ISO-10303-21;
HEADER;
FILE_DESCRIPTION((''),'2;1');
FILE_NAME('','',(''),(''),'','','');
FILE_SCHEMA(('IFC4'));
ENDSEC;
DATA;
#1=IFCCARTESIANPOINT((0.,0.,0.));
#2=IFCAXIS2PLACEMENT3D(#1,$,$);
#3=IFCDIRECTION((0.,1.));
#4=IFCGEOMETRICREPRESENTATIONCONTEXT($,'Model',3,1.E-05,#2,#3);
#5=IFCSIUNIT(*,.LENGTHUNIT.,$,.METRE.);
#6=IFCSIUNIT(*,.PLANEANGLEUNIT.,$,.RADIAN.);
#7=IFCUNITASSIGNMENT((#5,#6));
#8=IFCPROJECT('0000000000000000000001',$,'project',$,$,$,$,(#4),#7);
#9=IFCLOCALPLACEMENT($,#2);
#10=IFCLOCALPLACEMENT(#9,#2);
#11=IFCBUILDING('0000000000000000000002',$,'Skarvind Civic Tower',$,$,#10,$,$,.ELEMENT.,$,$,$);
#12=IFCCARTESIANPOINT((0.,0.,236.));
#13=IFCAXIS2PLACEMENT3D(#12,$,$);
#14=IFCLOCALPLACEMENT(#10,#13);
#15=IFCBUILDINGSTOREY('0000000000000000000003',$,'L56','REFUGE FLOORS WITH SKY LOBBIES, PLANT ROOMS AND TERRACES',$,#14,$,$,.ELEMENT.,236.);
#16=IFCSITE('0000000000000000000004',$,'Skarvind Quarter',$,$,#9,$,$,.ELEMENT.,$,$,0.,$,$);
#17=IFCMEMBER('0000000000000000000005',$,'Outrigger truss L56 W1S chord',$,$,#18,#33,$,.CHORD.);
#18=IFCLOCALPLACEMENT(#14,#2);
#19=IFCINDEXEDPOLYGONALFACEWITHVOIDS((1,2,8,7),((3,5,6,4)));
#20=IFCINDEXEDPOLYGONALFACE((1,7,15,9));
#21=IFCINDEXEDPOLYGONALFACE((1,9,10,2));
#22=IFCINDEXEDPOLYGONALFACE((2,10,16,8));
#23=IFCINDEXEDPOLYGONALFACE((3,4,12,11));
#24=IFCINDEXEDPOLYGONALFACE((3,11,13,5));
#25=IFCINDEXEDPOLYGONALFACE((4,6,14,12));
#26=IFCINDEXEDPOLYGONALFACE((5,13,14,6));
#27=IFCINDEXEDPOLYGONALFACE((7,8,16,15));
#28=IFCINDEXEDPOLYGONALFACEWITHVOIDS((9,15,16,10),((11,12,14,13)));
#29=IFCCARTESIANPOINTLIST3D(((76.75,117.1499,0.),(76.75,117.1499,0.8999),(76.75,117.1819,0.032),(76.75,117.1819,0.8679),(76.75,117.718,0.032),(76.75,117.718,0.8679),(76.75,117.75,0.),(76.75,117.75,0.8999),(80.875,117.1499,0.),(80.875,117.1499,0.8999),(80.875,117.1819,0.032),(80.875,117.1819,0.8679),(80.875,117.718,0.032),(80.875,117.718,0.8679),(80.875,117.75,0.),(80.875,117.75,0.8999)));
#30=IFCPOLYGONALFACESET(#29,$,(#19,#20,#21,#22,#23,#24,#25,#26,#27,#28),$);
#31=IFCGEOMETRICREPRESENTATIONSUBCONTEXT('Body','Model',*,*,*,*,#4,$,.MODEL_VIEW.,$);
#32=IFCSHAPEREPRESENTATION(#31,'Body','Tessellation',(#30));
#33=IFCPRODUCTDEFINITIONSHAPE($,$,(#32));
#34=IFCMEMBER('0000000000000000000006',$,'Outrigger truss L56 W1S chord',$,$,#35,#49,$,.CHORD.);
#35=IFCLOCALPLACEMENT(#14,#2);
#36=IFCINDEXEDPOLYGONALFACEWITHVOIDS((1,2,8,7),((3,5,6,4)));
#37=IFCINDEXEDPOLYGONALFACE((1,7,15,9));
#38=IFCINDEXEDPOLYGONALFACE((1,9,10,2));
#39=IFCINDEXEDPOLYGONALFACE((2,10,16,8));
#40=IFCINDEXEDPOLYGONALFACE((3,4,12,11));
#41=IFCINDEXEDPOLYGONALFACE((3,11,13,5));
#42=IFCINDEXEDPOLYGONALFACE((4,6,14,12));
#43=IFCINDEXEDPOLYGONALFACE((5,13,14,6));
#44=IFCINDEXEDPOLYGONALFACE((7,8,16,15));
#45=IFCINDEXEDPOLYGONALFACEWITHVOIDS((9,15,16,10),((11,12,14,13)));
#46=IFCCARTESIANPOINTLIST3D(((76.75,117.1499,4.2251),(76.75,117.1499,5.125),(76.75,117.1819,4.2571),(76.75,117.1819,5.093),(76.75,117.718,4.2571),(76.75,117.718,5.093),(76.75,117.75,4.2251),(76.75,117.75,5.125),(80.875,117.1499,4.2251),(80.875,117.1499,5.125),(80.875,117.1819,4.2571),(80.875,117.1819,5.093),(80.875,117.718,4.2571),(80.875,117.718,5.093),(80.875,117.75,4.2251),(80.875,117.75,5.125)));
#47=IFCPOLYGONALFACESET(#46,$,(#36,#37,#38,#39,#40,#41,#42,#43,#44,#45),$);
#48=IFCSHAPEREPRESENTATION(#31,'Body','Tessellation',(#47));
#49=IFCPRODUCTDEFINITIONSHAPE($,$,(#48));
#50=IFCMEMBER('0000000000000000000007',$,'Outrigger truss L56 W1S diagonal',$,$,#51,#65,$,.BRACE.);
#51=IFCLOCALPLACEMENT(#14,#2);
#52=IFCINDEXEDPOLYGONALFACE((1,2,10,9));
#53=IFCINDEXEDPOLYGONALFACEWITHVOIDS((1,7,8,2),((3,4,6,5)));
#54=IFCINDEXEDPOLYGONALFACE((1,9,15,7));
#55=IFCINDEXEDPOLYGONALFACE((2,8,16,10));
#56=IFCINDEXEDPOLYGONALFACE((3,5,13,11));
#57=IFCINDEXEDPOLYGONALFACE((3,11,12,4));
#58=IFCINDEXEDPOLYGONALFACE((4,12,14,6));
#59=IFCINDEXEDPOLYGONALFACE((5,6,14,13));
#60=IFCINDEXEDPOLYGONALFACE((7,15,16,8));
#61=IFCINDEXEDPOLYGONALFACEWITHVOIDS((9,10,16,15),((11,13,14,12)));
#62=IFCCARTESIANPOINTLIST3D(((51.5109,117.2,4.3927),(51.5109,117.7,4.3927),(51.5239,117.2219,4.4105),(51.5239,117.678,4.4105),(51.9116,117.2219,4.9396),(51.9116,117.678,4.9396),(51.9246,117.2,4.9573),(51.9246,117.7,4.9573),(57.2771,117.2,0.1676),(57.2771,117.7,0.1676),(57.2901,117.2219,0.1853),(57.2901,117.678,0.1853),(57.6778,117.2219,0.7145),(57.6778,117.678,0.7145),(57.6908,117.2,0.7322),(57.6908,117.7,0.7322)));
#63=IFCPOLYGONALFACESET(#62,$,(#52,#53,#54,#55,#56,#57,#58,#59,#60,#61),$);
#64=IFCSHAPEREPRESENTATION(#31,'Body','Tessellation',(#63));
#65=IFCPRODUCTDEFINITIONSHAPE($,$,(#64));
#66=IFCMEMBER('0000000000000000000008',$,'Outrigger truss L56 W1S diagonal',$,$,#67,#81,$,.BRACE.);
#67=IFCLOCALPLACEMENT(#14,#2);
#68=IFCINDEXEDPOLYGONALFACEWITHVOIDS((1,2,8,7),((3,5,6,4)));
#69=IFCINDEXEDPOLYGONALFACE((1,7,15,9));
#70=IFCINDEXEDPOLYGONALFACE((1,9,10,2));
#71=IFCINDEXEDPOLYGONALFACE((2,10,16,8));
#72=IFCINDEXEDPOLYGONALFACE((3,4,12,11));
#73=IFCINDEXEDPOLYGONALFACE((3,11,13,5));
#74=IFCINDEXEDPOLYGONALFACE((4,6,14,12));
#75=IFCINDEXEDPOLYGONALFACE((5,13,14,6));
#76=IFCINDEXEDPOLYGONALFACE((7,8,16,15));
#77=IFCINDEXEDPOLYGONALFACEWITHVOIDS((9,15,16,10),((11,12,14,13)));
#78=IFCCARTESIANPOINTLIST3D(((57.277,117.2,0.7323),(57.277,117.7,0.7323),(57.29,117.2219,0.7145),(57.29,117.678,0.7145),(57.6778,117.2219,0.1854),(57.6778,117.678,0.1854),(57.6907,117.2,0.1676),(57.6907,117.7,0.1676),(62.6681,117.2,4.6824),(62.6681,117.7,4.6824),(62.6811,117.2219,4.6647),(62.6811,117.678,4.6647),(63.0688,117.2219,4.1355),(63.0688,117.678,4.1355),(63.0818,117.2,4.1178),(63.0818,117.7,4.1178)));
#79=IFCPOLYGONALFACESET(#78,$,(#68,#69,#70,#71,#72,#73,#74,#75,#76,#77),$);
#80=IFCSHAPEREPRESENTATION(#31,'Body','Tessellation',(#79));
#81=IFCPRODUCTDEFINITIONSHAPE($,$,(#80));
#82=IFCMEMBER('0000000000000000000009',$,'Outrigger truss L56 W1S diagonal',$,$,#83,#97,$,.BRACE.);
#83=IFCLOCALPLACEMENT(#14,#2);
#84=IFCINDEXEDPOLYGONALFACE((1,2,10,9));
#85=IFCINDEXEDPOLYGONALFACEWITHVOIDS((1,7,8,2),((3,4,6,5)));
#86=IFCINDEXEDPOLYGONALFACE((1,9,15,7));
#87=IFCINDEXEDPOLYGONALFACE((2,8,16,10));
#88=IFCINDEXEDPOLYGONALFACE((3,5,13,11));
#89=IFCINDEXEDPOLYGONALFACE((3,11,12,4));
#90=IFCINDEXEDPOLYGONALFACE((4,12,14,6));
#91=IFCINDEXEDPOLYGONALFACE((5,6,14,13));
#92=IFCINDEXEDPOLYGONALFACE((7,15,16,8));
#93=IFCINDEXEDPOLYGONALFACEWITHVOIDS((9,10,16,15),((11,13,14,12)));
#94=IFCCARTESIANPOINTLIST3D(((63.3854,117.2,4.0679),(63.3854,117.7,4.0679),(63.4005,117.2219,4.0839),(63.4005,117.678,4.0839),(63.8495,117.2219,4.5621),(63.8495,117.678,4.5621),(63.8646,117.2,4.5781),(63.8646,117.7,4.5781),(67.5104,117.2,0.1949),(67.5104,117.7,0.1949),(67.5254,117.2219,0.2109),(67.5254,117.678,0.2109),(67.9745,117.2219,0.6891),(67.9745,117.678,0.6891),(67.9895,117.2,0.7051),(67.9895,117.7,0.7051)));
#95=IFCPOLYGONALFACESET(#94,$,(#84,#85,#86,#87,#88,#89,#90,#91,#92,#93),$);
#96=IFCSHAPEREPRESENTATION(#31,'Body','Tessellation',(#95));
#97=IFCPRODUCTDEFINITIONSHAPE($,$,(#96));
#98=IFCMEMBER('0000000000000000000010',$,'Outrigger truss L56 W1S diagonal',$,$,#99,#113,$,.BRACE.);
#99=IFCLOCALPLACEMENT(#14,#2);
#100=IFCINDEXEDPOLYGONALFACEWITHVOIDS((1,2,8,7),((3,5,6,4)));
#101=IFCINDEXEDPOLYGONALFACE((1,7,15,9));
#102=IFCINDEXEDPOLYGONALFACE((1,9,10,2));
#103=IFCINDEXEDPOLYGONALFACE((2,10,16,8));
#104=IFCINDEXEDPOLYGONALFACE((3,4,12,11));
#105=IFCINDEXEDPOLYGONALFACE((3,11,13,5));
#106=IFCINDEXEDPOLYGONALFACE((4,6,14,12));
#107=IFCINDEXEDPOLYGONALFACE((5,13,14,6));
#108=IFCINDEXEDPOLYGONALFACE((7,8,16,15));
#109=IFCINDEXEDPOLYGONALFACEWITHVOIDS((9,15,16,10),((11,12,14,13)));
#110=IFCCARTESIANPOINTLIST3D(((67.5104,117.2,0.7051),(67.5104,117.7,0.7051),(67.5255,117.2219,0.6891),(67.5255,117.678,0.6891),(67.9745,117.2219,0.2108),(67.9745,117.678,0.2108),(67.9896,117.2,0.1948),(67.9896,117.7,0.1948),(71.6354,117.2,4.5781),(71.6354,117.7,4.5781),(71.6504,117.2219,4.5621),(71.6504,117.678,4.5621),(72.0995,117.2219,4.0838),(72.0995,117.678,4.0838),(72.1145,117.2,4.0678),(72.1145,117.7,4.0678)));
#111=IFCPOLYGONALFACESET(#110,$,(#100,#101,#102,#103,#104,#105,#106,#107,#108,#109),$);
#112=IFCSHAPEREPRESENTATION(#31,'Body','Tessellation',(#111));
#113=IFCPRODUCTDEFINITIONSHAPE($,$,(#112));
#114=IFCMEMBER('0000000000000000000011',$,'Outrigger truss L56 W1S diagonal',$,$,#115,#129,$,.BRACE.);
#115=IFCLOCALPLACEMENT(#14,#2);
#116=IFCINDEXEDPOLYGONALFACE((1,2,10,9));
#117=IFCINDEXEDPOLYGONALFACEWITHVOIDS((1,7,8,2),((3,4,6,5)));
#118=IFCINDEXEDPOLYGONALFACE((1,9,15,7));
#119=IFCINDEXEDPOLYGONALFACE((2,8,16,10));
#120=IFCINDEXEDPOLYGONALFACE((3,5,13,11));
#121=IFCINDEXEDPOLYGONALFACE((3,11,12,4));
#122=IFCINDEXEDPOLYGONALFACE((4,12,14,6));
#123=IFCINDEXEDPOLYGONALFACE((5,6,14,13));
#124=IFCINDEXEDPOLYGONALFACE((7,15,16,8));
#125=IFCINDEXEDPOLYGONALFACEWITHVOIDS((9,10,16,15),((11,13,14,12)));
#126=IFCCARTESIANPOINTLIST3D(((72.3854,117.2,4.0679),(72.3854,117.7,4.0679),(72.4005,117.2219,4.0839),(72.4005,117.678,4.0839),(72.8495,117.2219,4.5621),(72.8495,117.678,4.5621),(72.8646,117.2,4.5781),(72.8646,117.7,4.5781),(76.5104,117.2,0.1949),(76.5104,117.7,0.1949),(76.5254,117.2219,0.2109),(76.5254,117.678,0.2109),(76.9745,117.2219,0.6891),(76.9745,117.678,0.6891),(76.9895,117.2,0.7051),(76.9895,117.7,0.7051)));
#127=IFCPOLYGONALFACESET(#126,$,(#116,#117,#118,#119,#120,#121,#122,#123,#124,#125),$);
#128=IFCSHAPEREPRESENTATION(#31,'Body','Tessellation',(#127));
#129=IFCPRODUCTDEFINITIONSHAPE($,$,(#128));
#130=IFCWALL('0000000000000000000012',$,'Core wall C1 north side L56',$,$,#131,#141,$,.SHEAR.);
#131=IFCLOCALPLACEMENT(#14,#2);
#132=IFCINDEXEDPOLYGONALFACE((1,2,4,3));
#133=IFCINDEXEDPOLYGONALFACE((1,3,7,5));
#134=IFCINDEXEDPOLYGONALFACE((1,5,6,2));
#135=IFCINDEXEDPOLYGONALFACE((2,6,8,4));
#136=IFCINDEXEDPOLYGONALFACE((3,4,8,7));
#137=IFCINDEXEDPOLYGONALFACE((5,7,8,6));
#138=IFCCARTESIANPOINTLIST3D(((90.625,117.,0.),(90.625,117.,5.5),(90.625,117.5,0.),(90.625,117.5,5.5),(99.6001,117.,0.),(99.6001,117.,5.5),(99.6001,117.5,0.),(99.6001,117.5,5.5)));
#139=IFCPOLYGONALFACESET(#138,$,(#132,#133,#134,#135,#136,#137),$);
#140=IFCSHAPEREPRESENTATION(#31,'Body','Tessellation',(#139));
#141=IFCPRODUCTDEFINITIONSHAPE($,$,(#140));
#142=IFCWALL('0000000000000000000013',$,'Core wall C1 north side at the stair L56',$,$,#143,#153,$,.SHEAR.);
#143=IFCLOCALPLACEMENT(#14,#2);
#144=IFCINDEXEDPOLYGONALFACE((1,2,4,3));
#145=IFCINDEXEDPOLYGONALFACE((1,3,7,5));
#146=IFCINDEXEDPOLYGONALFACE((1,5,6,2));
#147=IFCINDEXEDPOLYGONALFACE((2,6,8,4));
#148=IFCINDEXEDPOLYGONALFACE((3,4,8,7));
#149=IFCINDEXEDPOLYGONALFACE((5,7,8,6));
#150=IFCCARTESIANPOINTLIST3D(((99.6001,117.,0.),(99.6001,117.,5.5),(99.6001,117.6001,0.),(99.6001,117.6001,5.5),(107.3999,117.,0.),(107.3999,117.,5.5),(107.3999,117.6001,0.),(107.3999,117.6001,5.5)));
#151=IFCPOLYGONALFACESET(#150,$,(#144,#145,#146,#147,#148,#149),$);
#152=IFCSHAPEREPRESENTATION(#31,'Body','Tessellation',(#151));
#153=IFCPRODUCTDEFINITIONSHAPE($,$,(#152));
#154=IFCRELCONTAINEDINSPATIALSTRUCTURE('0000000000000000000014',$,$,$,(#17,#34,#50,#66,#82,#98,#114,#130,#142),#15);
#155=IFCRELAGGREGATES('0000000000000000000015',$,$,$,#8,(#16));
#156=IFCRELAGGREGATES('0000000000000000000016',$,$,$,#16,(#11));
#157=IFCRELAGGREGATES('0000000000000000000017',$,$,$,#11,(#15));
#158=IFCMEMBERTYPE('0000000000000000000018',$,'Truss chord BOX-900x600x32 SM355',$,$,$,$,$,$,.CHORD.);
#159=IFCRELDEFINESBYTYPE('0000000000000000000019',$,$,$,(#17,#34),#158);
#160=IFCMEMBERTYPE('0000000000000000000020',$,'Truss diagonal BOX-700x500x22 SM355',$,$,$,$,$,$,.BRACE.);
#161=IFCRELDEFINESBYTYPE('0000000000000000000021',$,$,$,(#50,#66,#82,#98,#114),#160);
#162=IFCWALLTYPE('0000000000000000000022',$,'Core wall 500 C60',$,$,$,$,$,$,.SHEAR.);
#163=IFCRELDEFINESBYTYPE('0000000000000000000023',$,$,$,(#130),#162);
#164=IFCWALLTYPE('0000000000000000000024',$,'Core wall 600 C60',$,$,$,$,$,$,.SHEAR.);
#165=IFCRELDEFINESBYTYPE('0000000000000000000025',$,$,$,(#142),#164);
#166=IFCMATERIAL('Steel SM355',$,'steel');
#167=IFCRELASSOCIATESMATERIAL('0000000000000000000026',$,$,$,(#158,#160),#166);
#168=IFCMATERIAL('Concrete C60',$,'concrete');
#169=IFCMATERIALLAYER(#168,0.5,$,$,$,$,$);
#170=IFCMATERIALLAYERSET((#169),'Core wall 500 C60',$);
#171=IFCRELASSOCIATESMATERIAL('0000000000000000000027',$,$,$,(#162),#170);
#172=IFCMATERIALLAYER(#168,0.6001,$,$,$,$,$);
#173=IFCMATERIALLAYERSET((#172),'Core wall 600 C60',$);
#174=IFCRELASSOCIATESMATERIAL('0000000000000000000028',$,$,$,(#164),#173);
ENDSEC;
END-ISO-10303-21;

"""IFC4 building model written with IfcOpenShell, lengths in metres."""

from ifc_helpers import new_model, si_unit, direction, frame, frame_2d, origin, origin_2d, place, context, subcontext, project, spatial, rectangle, hollow_rectangle, extrude, material, layer, layer_set, material_profile, profile_set, type_object, element, save


model = new_model("IFC4")

# Units and contexts
model_context = context("Model", 3, precision=1e-05, world=origin(), true_north=direction((0.0, 1.0)))
body_context = subcontext(model_context, "Body", "Model", "MODEL_VIEW")
ifc_project = project(units=[si_unit("LENGTHUNIT", "METRE"), si_unit("PLANEANGLEUNIT", "RADIAN")], contexts=[model_context])

# Site, building, storey
site_placement = place(None, origin())
site = spatial("IfcSite", under=ifc_project, at=site_placement, Name="Skarvind Quarter", CompositionType="ELEMENT", RefElevation=0.0)
building_placement = place(site_placement, origin())
building = spatial("IfcBuilding", under=site, at=building_placement, Name="Skarvind Civic Tower", CompositionType="ELEMENT")
storey_placement = place(building_placement, frame((0.0, 0.0, 236.0)))
storey = spatial("IfcBuildingStorey", under=building, at=storey_placement, Name="L56", Description="REFUGE FLOORS WITH SKY LOBBIES, PLANT ROOMS AND TERRACES", CompositionType="ELEMENT", Elevation=236.0)

# Shared definitions
ifc_material_1 = material(Name="Concrete C60", Category="concrete")

# Members
ifc_material_2 = material(Name="Steel SM355", Category="steel")
ifc_material_profile_1 = material_profile(ifc_material_2, hollow_rectangle(XDim=0.6001, YDim=0.8999, WallThickness=0.032, at=origin_2d()), Name="BOX-900x600x32")
ifc_profile_set_1 = profile_set([ifc_material_profile_1], Name="Steel SM355")
member_type_1 = type_object("IfcMemberType", Name="Truss chord BOX-900x600x32 SM355", PredefinedType="CHORD", material=ifc_profile_set_1)
for number, where, z_axis, x_axis, name in (
    (1, (76.75, 117.45, 0.45), (1.0, 0.0, 0.0), (0.0, 1.0, 0.0), "Outrigger truss L56 W1S chord"),
    (2, (76.75, 117.45, 4.675), (1.0, 0.0, 0.0), (0.0, 1.0, 0.0), "Outrigger truss L56 W1S chord"),
):
    element("IfcMember", number, at=place(storey_placement, frame(where, z_axis=z_axis, x_axis=x_axis)), inside=storey, type_object=member_type_1, Name=name, PredefinedType="CHORD", context=body_context, shape_type="SweptSolid", body=[
        extrude(hollow_rectangle(XDim=0.6001, YDim=0.8999, WallThickness=0.032, at=origin_2d()), origin(), (0.0, 0.0, 1.0), 4.125),
    ])
ifc_material_profile_2 = material_profile(ifc_material_2, hollow_rectangle(XDim=0.5, YDim=0.7, WallThickness=0.022, at=origin_2d()), Name="BOX-700x500x22")
ifc_profile_set_2 = profile_set([ifc_material_profile_2], Name="Steel SM355")
member_type_2 = type_object("IfcMemberType", Name="Truss diagonal BOX-700x500x22 SM355", PredefinedType="BRACE", material=ifc_profile_set_2)
member_1_placement = place(storey_placement, frame((51.7178, 117.45, 4.675), z_axis=(0.806631, 0.0, -0.591056), x_axis=(0.0, 1.0, 0.0)))
element("IfcMember", 3, at=member_1_placement, inside=storey, type_object=member_type_2, Name="Outrigger truss L56 W1S diagonal", PredefinedType="BRACE", context=body_context, shape_type="SweptSolid", body=[
    extrude(hollow_rectangle(XDim=0.5, YDim=0.7, WallThickness=0.022, at=origin_2d()), origin(), (0.0, 0.0, 1.0), 7.1484),
])
member_2_placement = place(storey_placement, frame((57.4839, 117.45, 0.45), z_axis=(0.80664, 0.0, 0.591044), x_axis=(0.0, 1.0, 0.0)))
element("IfcMember", 4, at=member_2_placement, inside=storey, type_object=member_type_2, Name="Outrigger truss L56 W1S diagonal", PredefinedType="BRACE", context=body_context, shape_type="SweptSolid", body=[
    extrude(hollow_rectangle(XDim=0.5, YDim=0.7, WallThickness=0.022, at=origin_2d()), origin(), (0.0, 0.0, 1.0), 6.6833),
])
for number, where, z_axis, x_axis, name in (
    (5, (63.625, 117.45, 4.323), (0.72902, 0.0, -0.684492), (0.0, 1.0, 0.0), "Outrigger truss L56 W1S diagonal"),
    (6, (67.75, 117.45, 0.45), (0.72902, 0.0, 0.684492), (0.0, 1.0, 0.0), "Outrigger truss L56 W1S diagonal"),
    (7, (72.625, 117.45, 4.323), (0.72902, 0.0, -0.684492), (0.0, 1.0, 0.0), "Outrigger truss L56 W1S diagonal"),
):
    element("IfcMember", number, at=place(storey_placement, frame(where, z_axis=z_axis, x_axis=x_axis)), inside=storey, type_object=member_type_2, Name=name, PredefinedType="BRACE", context=body_context, shape_type="SweptSolid", body=[
        extrude(hollow_rectangle(XDim=0.5, YDim=0.7, WallThickness=0.022, at=origin_2d()), origin(), (0.0, 0.0, 1.0), 5.6582),
    ])

# Walls
ifc_layer_1 = layer(ifc_material_1, 0.5)
ifc_layer_set_1 = layer_set([ifc_layer_1], Name="Core wall 500 C60")
wall_type_1 = type_object("IfcWallType", Name="Core wall 500 C60", PredefinedType="SHEAR", material=ifc_layer_set_1)
wall_1_placement = place(storey_placement, frame((99.6001, 117.25, 0.0), z_axis=(0.0, 0.0, 1.0), x_axis=(-1.0, 0.0, 0.0)))
element("IfcWall", 8, at=wall_1_placement, inside=storey, type_object=wall_type_1, Name="Core wall C1 north side L56", PredefinedType="SHEAR", context=body_context, shape_type="SweptSolid", body=[
    extrude(rectangle(XDim=8.9751, YDim=0.5, at=frame_2d((4.4875, 0.0))), origin(), (0.0, 0.0, 1.0), 5.5),
])
ifc_layer_2 = layer(ifc_material_1, 0.6001)
ifc_layer_set_2 = layer_set([ifc_layer_2], Name="Core wall 600 C60")
wall_type_2 = type_object("IfcWallType", Name="Core wall 600 C60", PredefinedType="SHEAR", material=ifc_layer_set_2)
wall_2_placement = place(storey_placement, frame((107.3999, 117.3, 0.0), z_axis=(0.0, 0.0, 1.0), x_axis=(-1.0, 0.0, 0.0)))
element("IfcWall", 9, at=wall_2_placement, inside=storey, type_object=wall_type_2, Name="Core wall C1 north side at the stair L56", PredefinedType="SHEAR", context=body_context, shape_type="SweptSolid", body=[
    extrude(rectangle(XDim=7.7998, YDim=0.6001, at=frame_2d((3.8999, 0.0))), origin(), (0.0, 0.0, 1.0), 5.5),
])

save(model, "model.ifc")
